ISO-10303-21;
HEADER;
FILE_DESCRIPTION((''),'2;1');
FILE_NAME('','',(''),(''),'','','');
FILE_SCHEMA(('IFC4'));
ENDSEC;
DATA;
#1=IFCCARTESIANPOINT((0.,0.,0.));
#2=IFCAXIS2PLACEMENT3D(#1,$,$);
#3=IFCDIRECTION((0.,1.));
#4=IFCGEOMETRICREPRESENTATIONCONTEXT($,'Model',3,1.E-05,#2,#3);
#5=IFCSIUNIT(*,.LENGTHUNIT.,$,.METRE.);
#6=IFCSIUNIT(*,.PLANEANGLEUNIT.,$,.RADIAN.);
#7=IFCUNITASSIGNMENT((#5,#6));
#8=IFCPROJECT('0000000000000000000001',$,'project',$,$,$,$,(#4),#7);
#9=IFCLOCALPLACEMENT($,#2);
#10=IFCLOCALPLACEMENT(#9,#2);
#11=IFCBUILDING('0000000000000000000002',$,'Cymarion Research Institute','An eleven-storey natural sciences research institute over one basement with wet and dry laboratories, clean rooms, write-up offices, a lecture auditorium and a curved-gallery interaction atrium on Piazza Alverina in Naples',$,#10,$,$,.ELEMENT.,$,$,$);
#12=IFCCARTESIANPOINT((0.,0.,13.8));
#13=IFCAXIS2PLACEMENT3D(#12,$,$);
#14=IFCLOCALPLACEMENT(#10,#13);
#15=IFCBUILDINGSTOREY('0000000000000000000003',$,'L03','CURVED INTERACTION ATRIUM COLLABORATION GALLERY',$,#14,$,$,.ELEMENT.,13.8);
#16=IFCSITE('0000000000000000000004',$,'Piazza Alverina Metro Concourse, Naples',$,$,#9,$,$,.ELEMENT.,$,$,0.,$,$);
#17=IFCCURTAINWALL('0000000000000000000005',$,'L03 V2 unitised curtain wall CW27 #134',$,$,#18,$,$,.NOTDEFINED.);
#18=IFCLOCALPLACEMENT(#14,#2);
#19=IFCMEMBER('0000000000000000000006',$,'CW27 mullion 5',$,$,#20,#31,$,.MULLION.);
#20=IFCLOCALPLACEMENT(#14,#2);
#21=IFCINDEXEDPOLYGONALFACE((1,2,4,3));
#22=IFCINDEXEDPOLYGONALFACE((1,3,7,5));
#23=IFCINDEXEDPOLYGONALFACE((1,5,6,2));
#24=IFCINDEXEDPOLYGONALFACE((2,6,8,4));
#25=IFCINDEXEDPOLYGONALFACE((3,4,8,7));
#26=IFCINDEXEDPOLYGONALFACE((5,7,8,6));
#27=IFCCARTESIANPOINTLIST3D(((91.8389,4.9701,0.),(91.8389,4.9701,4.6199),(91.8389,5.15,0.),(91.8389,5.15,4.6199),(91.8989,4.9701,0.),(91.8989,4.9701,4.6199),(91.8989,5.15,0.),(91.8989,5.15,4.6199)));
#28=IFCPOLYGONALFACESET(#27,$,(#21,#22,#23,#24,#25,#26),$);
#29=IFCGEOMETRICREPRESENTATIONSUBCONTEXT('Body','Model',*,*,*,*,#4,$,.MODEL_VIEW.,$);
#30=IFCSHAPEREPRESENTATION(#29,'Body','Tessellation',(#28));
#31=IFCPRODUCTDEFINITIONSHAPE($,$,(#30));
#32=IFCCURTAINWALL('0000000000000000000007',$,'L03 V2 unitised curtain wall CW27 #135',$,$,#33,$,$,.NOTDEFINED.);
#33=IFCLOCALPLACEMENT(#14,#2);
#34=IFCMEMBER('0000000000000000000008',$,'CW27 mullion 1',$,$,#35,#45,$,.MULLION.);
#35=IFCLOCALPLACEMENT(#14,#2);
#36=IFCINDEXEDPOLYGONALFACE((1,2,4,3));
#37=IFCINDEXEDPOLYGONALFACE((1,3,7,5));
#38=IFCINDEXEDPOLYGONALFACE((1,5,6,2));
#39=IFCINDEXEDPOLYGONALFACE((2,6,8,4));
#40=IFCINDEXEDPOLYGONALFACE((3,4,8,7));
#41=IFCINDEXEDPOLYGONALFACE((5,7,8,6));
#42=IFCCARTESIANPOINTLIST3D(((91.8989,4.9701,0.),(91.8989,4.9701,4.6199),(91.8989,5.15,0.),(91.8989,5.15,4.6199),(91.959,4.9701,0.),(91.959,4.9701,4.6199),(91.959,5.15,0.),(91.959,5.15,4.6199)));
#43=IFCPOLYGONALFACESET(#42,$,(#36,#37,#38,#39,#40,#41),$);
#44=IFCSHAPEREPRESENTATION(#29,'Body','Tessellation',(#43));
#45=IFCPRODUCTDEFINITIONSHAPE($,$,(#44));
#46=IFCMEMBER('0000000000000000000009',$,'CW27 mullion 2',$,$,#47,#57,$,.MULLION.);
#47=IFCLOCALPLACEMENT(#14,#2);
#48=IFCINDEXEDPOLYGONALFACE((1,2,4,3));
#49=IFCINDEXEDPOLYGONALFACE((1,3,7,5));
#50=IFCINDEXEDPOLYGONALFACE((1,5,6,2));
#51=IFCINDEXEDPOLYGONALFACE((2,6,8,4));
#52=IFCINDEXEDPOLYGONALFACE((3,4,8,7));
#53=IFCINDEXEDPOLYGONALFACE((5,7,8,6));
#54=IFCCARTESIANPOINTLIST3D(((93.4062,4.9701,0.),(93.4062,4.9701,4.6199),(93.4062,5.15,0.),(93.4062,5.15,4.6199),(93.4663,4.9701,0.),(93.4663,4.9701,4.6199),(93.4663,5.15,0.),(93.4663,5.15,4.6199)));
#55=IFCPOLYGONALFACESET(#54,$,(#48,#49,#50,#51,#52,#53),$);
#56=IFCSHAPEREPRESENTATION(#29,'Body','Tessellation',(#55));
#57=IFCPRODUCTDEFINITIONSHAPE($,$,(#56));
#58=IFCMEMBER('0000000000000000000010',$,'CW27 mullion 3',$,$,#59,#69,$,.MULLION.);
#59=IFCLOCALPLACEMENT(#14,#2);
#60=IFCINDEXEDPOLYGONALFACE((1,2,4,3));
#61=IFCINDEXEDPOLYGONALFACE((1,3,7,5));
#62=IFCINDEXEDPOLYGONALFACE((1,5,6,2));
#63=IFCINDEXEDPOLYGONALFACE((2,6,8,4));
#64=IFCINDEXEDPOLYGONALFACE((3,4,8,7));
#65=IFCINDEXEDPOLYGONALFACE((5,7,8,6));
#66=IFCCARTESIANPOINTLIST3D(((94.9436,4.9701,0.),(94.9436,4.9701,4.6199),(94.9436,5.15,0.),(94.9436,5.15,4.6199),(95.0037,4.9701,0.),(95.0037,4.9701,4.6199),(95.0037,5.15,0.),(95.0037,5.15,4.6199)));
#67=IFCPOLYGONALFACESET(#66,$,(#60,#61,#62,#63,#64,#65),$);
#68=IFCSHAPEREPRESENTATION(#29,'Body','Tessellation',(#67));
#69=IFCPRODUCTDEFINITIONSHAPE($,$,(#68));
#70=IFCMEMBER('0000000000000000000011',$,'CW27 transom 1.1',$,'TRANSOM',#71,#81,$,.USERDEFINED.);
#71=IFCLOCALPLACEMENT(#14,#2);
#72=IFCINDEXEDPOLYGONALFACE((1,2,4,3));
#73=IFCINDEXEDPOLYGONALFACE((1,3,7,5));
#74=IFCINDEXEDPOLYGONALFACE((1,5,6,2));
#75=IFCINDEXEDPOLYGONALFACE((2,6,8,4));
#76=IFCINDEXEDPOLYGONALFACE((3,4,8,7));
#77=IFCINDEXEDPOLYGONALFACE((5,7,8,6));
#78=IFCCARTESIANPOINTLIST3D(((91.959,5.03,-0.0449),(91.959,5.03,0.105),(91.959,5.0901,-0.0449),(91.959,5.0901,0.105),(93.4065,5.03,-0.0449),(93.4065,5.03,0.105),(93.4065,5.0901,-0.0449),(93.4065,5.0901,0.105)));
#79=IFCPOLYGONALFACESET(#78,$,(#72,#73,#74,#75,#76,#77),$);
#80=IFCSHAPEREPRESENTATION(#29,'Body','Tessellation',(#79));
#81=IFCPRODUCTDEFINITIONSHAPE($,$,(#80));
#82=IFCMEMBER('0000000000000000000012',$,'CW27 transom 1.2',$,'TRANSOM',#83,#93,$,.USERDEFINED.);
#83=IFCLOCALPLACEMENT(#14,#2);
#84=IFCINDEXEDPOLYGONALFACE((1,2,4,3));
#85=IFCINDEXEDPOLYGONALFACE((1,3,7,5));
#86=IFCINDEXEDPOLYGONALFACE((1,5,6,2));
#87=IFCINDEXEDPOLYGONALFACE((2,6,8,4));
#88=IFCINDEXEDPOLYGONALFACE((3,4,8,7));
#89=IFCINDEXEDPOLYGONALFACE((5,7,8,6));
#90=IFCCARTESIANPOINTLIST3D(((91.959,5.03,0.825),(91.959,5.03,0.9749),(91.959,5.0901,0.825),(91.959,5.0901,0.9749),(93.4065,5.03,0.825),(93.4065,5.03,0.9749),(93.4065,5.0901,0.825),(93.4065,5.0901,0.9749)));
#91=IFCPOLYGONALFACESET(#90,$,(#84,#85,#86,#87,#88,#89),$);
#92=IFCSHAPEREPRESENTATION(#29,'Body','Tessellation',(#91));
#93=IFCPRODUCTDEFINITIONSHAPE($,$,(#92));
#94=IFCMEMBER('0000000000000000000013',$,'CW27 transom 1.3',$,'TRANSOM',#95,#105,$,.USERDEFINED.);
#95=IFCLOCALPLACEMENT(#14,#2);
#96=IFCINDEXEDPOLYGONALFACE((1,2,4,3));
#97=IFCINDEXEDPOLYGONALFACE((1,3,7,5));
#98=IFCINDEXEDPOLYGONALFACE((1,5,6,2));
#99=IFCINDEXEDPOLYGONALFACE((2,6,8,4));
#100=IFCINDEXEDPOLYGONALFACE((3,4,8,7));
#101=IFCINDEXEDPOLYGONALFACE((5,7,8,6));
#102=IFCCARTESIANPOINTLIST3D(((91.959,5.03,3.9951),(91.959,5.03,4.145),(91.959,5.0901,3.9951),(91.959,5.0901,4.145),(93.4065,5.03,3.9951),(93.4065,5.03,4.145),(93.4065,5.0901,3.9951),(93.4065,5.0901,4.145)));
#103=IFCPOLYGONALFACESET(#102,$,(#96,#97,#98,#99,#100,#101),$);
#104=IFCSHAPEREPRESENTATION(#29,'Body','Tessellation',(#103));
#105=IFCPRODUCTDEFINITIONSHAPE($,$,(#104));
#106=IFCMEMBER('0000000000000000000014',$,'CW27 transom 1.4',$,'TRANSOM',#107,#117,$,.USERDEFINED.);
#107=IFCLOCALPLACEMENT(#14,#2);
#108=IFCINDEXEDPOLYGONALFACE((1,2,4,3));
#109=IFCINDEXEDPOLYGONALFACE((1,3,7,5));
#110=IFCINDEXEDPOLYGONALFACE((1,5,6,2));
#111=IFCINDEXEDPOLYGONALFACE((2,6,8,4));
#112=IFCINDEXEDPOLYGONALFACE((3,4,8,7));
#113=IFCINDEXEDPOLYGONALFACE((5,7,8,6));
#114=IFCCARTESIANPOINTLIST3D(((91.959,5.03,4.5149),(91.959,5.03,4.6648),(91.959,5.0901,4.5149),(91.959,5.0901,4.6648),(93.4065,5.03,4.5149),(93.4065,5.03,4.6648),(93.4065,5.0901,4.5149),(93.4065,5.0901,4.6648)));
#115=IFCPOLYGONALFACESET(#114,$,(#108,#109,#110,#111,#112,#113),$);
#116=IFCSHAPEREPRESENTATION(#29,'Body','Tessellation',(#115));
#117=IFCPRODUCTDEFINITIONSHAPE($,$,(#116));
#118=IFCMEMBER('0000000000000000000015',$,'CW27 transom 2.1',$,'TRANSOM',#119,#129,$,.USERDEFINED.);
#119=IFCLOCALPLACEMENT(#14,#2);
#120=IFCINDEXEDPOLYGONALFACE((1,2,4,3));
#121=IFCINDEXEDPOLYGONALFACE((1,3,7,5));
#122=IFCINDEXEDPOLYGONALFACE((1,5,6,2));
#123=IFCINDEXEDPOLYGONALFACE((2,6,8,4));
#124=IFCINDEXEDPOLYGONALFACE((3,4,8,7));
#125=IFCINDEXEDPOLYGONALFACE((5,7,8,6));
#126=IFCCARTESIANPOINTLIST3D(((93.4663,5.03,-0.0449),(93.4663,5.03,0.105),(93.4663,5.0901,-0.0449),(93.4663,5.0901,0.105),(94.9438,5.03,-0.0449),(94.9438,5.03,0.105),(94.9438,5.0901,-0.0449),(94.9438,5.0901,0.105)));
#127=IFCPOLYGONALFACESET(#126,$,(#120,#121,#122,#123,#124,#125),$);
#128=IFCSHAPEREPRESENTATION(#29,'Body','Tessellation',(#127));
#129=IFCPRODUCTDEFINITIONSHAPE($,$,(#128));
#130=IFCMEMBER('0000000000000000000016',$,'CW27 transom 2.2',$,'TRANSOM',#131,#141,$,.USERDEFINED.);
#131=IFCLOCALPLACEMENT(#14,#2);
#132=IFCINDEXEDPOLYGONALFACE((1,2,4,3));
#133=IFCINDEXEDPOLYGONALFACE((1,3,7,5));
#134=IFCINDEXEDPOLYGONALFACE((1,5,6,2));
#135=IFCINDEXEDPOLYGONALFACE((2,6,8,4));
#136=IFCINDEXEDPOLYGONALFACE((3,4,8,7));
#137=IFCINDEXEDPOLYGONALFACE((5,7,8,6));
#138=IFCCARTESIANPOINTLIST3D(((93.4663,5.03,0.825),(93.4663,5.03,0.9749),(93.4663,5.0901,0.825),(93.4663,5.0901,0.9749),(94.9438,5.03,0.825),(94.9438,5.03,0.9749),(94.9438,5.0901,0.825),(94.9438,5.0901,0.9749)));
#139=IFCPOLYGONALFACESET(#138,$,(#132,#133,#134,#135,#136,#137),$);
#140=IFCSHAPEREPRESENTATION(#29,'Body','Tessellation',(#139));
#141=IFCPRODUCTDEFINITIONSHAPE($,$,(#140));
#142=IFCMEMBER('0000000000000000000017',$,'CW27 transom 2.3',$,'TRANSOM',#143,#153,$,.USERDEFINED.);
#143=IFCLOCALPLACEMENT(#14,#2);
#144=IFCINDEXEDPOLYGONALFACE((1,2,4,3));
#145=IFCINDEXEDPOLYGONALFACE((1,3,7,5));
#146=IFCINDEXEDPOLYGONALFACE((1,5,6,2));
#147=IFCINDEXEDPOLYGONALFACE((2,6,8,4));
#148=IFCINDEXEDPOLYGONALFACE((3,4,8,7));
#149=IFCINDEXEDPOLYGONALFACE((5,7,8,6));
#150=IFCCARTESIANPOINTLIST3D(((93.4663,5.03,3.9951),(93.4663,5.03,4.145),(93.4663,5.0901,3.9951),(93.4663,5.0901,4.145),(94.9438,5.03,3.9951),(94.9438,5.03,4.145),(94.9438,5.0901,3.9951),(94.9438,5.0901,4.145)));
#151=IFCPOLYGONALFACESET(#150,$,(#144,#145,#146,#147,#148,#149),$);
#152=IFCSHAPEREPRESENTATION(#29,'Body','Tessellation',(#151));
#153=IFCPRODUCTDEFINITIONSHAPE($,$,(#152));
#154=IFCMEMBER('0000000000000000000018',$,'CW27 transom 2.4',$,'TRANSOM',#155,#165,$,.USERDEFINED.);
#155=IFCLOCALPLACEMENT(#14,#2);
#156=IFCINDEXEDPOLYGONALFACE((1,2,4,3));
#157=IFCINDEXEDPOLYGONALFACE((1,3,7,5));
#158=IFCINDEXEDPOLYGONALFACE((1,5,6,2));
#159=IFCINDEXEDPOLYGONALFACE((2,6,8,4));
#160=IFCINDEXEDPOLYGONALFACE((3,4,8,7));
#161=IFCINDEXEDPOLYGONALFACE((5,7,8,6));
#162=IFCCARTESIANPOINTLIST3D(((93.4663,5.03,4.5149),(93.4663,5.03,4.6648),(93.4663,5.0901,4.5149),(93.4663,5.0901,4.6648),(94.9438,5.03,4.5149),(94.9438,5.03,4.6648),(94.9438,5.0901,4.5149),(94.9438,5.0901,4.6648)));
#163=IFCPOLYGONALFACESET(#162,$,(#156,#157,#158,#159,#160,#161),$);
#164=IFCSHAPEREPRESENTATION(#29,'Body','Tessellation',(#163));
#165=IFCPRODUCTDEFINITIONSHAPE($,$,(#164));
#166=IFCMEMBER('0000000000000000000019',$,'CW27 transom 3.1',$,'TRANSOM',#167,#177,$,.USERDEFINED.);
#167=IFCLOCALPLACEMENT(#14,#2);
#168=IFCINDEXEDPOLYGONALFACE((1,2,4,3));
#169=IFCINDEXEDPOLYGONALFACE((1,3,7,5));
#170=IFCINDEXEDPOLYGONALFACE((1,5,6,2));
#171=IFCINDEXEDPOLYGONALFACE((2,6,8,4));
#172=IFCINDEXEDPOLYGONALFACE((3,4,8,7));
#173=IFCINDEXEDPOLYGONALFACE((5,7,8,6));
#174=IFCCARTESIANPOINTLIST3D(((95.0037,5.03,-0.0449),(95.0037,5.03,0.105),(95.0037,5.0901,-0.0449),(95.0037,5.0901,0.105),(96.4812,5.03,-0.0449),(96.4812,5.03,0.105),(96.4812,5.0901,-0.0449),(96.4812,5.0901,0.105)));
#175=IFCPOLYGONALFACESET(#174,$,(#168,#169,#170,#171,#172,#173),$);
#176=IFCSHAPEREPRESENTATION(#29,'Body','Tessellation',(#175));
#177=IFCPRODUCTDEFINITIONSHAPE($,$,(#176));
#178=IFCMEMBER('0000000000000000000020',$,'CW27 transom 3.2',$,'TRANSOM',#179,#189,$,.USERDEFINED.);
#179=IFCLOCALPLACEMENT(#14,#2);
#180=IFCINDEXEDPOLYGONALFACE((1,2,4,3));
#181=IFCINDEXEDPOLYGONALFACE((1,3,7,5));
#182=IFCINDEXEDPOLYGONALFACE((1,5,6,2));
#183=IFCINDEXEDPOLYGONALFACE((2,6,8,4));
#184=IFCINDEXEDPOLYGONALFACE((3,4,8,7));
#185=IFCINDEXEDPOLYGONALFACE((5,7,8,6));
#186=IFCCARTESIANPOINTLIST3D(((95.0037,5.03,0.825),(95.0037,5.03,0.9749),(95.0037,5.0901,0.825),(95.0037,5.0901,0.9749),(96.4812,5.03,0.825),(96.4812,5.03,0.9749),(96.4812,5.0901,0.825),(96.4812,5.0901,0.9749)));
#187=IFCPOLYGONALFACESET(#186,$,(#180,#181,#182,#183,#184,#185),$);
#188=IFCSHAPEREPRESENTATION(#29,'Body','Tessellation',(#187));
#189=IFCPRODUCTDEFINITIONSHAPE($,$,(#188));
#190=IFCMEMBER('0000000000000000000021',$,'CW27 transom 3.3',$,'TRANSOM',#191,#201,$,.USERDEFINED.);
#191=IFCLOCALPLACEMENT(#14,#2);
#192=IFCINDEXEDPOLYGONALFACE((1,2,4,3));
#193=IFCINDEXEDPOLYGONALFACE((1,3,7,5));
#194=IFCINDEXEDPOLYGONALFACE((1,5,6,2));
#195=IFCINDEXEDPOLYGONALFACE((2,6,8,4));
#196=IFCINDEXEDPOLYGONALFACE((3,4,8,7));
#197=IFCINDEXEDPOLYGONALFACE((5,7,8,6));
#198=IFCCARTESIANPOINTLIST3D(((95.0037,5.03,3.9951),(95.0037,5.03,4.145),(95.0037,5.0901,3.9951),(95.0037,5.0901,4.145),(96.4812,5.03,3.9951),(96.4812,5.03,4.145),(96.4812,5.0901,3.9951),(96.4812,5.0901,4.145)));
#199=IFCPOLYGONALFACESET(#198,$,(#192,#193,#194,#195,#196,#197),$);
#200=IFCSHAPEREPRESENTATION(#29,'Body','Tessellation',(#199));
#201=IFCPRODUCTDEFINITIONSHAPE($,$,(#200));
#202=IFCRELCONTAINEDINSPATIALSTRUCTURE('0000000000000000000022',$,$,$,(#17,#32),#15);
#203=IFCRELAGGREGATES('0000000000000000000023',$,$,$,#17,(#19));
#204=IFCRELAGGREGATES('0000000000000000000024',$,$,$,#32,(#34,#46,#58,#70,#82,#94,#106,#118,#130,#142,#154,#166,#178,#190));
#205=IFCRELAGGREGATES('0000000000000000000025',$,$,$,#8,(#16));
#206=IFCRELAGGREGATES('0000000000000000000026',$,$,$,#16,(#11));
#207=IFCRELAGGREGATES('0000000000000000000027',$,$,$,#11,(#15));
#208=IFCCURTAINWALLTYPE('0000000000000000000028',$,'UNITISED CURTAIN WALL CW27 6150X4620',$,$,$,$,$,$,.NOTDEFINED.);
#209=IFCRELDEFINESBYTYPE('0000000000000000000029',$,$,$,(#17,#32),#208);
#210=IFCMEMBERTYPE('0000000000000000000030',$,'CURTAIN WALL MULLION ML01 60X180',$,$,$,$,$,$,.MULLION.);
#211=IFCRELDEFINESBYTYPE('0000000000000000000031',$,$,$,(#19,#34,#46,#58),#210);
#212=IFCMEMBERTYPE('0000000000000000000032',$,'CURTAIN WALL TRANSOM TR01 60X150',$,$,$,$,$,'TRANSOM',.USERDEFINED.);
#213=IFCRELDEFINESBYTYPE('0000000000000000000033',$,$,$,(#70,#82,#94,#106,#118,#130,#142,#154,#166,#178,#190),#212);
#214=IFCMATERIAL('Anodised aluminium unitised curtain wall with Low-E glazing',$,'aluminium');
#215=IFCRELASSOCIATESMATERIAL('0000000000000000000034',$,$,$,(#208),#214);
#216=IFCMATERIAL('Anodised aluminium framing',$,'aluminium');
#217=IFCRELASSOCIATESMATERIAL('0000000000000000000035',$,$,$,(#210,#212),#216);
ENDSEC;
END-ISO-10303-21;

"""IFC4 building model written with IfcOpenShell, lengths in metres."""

from ifc_helpers import new_model, si_unit, direction, frame, origin, origin_2d, place, context, subcontext, project, spatial, rectangle, extrude, material, material_profile, profile_set, type_object, element, aggregate, save


model = new_model("IFC4")

# Units and contexts
model_context = context("Model", 3, precision=1e-05, world=origin(), true_north=direction((0.0, 1.0)))
body_context = subcontext(model_context, "Body", "Model", "MODEL_VIEW")
ifc_project = project(units=[si_unit("LENGTHUNIT", "METRE"), si_unit("PLANEANGLEUNIT", "RADIAN")], contexts=[model_context])

# Site, building, storey
site_placement = place(None, origin())
site = spatial("IfcSite", under=ifc_project, at=site_placement, Name="Piazza Alverina Metro Concourse, Naples", CompositionType="ELEMENT", RefElevation=0.0)
building_placement = place(site_placement, origin())
building = spatial("IfcBuilding", under=site, at=building_placement, Name="Cymarion Research Institute", Description="An eleven-storey natural sciences research institute over one basement with wet and dry laboratories, clean rooms, write-up offices, a lecture auditorium and a curved-gallery interaction atrium on Piazza Alverina in Naples", CompositionType="ELEMENT")
storey_placement = place(building_placement, frame((0.0, 0.0, 13.8)))
storey = spatial("IfcBuildingStorey", under=building, at=storey_placement, Name="L03", Description="CURVED INTERACTION ATRIUM COLLABORATION GALLERY", CompositionType="ELEMENT", Elevation=13.8)

# Curtain wall, member
ifc_material_1 = material(Name="Anodised aluminium unitised curtain wall with Low-E glazing", Category="aluminium")
curtain_wall_type = type_object("IfcCurtainWallType", Name="UNITISED CURTAIN WALL CW27 6150X4620", PredefinedType="NOTDEFINED", material=ifc_material_1)
curtain_wall_1_placement = place(storey_placement, origin())
curtain_wall_1 = element("IfcCurtainWall", 1, at=curtain_wall_1_placement, inside=storey, type_object=curtain_wall_type, Name="L03 V2 unitised curtain wall CW27 #134", PredefinedType="NOTDEFINED")
ifc_material_2 = material(Name="Anodised aluminium framing", Category="aluminium")
ifc_material_profile_1 = material_profile(ifc_material_2, rectangle(XDim=0.0601, YDim=0.1799, at=origin_2d()), Name="ALU MULLION 60x180")
ifc_profile_set_1 = profile_set([ifc_material_profile_1], Name="Anodised aluminium framing")
member_type_1 = type_object("IfcMemberType", Name="CURTAIN WALL MULLION ML01 60X180", PredefinedType="MULLION", material=ifc_profile_set_1)
member_1_placement = place(storey_placement, frame((91.8689, 5.0601, 0.0), z_axis=(0.0, 0.0, 1.0), x_axis=(1.0, 0.0, 0.0)))
member_1 = element("IfcMember", 2, at=member_1_placement, type_object=member_type_1, Name="CW27 mullion 5", PredefinedType="MULLION", context=body_context, shape_type="SweptSolid", body=[
    extrude(rectangle(XDim=0.0601, YDim=0.1799, at=origin_2d()), origin(), (0.0, 0.0, 1.0), 4.6199),
])

# Curtain wall, members
curtain_wall_2_placement = place(storey_placement, origin())
curtain_wall_2 = element("IfcCurtainWall", 3, at=curtain_wall_2_placement, inside=storey, type_object=curtain_wall_type, Name="L03 V2 unitised curtain wall CW27 #135", PredefinedType="NOTDEFINED")
member_2_placement = place(storey_placement, frame((91.929, 5.0601, 0.0), z_axis=(0.0, 0.0, 1.0), x_axis=(1.0, 0.0, 0.0)))
member_2 = element("IfcMember", 4, at=member_2_placement, type_object=member_type_1, Name="CW27 mullion 1", PredefinedType="MULLION", context=body_context, shape_type="SweptSolid", body=[
    extrude(rectangle(XDim=0.0601, YDim=0.1799, at=origin_2d()), origin(), (0.0, 0.0, 1.0), 4.6199),
])
member_3_placement = place(storey_placement, frame((93.4363, 5.0601, 0.0), z_axis=(0.0, 0.0, 1.0), x_axis=(1.0, 0.0, 0.0)))
member_3 = element("IfcMember", 5, at=member_3_placement, type_object=member_type_1, Name="CW27 mullion 2", PredefinedType="MULLION", context=body_context, shape_type="SweptSolid", body=[
    extrude(rectangle(XDim=0.0601, YDim=0.1799, at=origin_2d()), origin(), (0.0, 0.0, 1.0), 4.6199),
])
member_4_placement = place(storey_placement, frame((94.9736, 5.0601, 0.0), z_axis=(0.0, 0.0, 1.0), x_axis=(1.0, 0.0, 0.0)))
member_4 = element("IfcMember", 6, at=member_4_placement, type_object=member_type_1, Name="CW27 mullion 3", PredefinedType="MULLION", context=body_context, shape_type="SweptSolid", body=[
    extrude(rectangle(XDim=0.0601, YDim=0.1799, at=origin_2d()), origin(), (0.0, 0.0, 1.0), 4.6199),
])
ifc_material_profile_2 = material_profile(ifc_material_2, rectangle(XDim=0.0601, YDim=0.1499, at=origin_2d()), Name="ALU TRANSOM 60x150")
ifc_profile_set_2 = profile_set([ifc_material_profile_2], Name="Anodised aluminium framing")
member_type_2 = type_object("IfcMemberType", Name="CURTAIN WALL TRANSOM TR01 60X150", ElementType="TRANSOM", PredefinedType="USERDEFINED", material=ifc_profile_set_2)
member_5_placement = place(storey_placement, frame((91.959, 5.0601, 0.03), z_axis=(1.0, 0.0, 0.0), x_axis=(0.0, 1.0, 0.0)))
member_5 = element("IfcMember", 7, at=member_5_placement, type_object=member_type_2, Name="CW27 transom 1.1", ObjectType="TRANSOM", PredefinedType="USERDEFINED", context=body_context, shape_type="SweptSolid", body=[
    extrude(rectangle(XDim=0.0601, YDim=0.1499, at=origin_2d()), origin(), (0.0, 0.0, 1.0), 1.4475),
])
member_6_placement = place(storey_placement, frame((91.959, 5.0601, 0.8999), z_axis=(1.0, 0.0, 0.0), x_axis=(0.0, 1.0, 0.0)))
member_6 = element("IfcMember", 8, at=member_6_placement, type_object=member_type_2, Name="CW27 transom 1.2", ObjectType="TRANSOM", PredefinedType="USERDEFINED", context=body_context, shape_type="SweptSolid", body=[
    extrude(rectangle(XDim=0.0601, YDim=0.1499, at=origin_2d()), origin(), (0.0, 0.0, 1.0), 1.4475),
])
member_7_placement = place(storey_placement, frame((91.959, 5.0601, 4.0701), z_axis=(1.0, 0.0, 0.0), x_axis=(0.0, 1.0, 0.0)))
member_7 = element("IfcMember", 9, at=member_7_placement, type_object=member_type_2, Name="CW27 transom 1.3", ObjectType="TRANSOM", PredefinedType="USERDEFINED", context=body_context, shape_type="SweptSolid", body=[
    extrude(rectangle(XDim=0.0601, YDim=0.1499, at=origin_2d()), origin(), (0.0, 0.0, 1.0), 1.4475),
])
member_8_placement = place(storey_placement, frame((91.959, 5.0601, 4.5898), z_axis=(1.0, 0.0, 0.0), x_axis=(0.0, 1.0, 0.0)))
member_8 = element("IfcMember", 10, at=member_8_placement, type_object=member_type_2, Name="CW27 transom 1.4", ObjectType="TRANSOM", PredefinedType="USERDEFINED", context=body_context, shape_type="SweptSolid", body=[
    extrude(rectangle(XDim=0.0601, YDim=0.1499, at=origin_2d()), origin(), (0.0, 0.0, 1.0), 1.4475),
])
member_9_placement = place(storey_placement, frame((93.4663, 5.0601, 0.03), z_axis=(1.0, 0.0, 0.0), x_axis=(0.0, 1.0, 0.0)))
member_9 = element("IfcMember", 11, at=member_9_placement, type_object=member_type_2, Name="CW27 transom 2.1", ObjectType="TRANSOM", PredefinedType="USERDEFINED", context=body_context, shape_type="SweptSolid", body=[
    extrude(rectangle(XDim=0.0601, YDim=0.1499, at=origin_2d()), origin(), (0.0, 0.0, 1.0), 1.4775),
])
member_10_placement = place(storey_placement, frame((93.4663, 5.0601, 0.8999), z_axis=(1.0, 0.0, 0.0), x_axis=(0.0, 1.0, 0.0)))
member_10 = element("IfcMember", 12, at=member_10_placement, type_object=member_type_2, Name="CW27 transom 2.2", ObjectType="TRANSOM", PredefinedType="USERDEFINED", context=body_context, shape_type="SweptSolid", body=[
    extrude(rectangle(XDim=0.0601, YDim=0.1499, at=origin_2d()), origin(), (0.0, 0.0, 1.0), 1.4775),
])
member_11_placement = place(storey_placement, frame((93.4663, 5.0601, 4.0701), z_axis=(1.0, 0.0, 0.0), x_axis=(0.0, 1.0, 0.0)))
member_11 = element("IfcMember", 13, at=member_11_placement, type_object=member_type_2, Name="CW27 transom 2.3", ObjectType="TRANSOM", PredefinedType="USERDEFINED", context=body_context, shape_type="SweptSolid", body=[
    extrude(rectangle(XDim=0.0601, YDim=0.1499, at=origin_2d()), origin(), (0.0, 0.0, 1.0), 1.4775),
])
member_12_placement = place(storey_placement, frame((93.4663, 5.0601, 4.5898), z_axis=(1.0, 0.0, 0.0), x_axis=(0.0, 1.0, 0.0)))
member_12 = element("IfcMember", 14, at=member_12_placement, type_object=member_type_2, Name="CW27 transom 2.4", ObjectType="TRANSOM", PredefinedType="USERDEFINED", context=body_context, shape_type="SweptSolid", body=[
    extrude(rectangle(XDim=0.0601, YDim=0.1499, at=origin_2d()), origin(), (0.0, 0.0, 1.0), 1.4775),
])
member_13_placement = place(storey_placement, frame((95.0037, 5.0601, 0.03), z_axis=(1.0, 0.0, 0.0), x_axis=(0.0, 1.0, 0.0)))
member_13 = element("IfcMember", 15, at=member_13_placement, type_object=member_type_2, Name="CW27 transom 3.1", ObjectType="TRANSOM", PredefinedType="USERDEFINED", context=body_context, shape_type="SweptSolid", body=[
    extrude(rectangle(XDim=0.0601, YDim=0.1499, at=origin_2d()), origin(), (0.0, 0.0, 1.0), 1.4775),
])
member_14_placement = place(storey_placement, frame((95.0037, 5.0601, 0.8999), z_axis=(1.0, 0.0, 0.0), x_axis=(0.0, 1.0, 0.0)))
member_14 = element("IfcMember", 16, at=member_14_placement, type_object=member_type_2, Name="CW27 transom 3.2", ObjectType="TRANSOM", PredefinedType="USERDEFINED", context=body_context, shape_type="SweptSolid", body=[
    extrude(rectangle(XDim=0.0601, YDim=0.1499, at=origin_2d()), origin(), (0.0, 0.0, 1.0), 1.4775),
])
member_15_placement = place(storey_placement, frame((95.0037, 5.0601, 4.0701), z_axis=(1.0, 0.0, 0.0), x_axis=(0.0, 1.0, 0.0)))
member_15 = element("IfcMember", 17, at=member_15_placement, type_object=member_type_2, Name="CW27 transom 3.3", ObjectType="TRANSOM", PredefinedType="USERDEFINED", context=body_context, shape_type="SweptSolid", body=[
    extrude(rectangle(XDim=0.0601, YDim=0.1499, at=origin_2d()), origin(), (0.0, 0.0, 1.0), 1.4775),
])

aggregate(curtain_wall_1, [member_1])
aggregate(curtain_wall_2, [member_2, member_3, member_4, member_5, member_6, member_7, member_8, member_9, member_10, member_11, member_12, member_13, member_14, member_15])

save(model, "model.ifc")
